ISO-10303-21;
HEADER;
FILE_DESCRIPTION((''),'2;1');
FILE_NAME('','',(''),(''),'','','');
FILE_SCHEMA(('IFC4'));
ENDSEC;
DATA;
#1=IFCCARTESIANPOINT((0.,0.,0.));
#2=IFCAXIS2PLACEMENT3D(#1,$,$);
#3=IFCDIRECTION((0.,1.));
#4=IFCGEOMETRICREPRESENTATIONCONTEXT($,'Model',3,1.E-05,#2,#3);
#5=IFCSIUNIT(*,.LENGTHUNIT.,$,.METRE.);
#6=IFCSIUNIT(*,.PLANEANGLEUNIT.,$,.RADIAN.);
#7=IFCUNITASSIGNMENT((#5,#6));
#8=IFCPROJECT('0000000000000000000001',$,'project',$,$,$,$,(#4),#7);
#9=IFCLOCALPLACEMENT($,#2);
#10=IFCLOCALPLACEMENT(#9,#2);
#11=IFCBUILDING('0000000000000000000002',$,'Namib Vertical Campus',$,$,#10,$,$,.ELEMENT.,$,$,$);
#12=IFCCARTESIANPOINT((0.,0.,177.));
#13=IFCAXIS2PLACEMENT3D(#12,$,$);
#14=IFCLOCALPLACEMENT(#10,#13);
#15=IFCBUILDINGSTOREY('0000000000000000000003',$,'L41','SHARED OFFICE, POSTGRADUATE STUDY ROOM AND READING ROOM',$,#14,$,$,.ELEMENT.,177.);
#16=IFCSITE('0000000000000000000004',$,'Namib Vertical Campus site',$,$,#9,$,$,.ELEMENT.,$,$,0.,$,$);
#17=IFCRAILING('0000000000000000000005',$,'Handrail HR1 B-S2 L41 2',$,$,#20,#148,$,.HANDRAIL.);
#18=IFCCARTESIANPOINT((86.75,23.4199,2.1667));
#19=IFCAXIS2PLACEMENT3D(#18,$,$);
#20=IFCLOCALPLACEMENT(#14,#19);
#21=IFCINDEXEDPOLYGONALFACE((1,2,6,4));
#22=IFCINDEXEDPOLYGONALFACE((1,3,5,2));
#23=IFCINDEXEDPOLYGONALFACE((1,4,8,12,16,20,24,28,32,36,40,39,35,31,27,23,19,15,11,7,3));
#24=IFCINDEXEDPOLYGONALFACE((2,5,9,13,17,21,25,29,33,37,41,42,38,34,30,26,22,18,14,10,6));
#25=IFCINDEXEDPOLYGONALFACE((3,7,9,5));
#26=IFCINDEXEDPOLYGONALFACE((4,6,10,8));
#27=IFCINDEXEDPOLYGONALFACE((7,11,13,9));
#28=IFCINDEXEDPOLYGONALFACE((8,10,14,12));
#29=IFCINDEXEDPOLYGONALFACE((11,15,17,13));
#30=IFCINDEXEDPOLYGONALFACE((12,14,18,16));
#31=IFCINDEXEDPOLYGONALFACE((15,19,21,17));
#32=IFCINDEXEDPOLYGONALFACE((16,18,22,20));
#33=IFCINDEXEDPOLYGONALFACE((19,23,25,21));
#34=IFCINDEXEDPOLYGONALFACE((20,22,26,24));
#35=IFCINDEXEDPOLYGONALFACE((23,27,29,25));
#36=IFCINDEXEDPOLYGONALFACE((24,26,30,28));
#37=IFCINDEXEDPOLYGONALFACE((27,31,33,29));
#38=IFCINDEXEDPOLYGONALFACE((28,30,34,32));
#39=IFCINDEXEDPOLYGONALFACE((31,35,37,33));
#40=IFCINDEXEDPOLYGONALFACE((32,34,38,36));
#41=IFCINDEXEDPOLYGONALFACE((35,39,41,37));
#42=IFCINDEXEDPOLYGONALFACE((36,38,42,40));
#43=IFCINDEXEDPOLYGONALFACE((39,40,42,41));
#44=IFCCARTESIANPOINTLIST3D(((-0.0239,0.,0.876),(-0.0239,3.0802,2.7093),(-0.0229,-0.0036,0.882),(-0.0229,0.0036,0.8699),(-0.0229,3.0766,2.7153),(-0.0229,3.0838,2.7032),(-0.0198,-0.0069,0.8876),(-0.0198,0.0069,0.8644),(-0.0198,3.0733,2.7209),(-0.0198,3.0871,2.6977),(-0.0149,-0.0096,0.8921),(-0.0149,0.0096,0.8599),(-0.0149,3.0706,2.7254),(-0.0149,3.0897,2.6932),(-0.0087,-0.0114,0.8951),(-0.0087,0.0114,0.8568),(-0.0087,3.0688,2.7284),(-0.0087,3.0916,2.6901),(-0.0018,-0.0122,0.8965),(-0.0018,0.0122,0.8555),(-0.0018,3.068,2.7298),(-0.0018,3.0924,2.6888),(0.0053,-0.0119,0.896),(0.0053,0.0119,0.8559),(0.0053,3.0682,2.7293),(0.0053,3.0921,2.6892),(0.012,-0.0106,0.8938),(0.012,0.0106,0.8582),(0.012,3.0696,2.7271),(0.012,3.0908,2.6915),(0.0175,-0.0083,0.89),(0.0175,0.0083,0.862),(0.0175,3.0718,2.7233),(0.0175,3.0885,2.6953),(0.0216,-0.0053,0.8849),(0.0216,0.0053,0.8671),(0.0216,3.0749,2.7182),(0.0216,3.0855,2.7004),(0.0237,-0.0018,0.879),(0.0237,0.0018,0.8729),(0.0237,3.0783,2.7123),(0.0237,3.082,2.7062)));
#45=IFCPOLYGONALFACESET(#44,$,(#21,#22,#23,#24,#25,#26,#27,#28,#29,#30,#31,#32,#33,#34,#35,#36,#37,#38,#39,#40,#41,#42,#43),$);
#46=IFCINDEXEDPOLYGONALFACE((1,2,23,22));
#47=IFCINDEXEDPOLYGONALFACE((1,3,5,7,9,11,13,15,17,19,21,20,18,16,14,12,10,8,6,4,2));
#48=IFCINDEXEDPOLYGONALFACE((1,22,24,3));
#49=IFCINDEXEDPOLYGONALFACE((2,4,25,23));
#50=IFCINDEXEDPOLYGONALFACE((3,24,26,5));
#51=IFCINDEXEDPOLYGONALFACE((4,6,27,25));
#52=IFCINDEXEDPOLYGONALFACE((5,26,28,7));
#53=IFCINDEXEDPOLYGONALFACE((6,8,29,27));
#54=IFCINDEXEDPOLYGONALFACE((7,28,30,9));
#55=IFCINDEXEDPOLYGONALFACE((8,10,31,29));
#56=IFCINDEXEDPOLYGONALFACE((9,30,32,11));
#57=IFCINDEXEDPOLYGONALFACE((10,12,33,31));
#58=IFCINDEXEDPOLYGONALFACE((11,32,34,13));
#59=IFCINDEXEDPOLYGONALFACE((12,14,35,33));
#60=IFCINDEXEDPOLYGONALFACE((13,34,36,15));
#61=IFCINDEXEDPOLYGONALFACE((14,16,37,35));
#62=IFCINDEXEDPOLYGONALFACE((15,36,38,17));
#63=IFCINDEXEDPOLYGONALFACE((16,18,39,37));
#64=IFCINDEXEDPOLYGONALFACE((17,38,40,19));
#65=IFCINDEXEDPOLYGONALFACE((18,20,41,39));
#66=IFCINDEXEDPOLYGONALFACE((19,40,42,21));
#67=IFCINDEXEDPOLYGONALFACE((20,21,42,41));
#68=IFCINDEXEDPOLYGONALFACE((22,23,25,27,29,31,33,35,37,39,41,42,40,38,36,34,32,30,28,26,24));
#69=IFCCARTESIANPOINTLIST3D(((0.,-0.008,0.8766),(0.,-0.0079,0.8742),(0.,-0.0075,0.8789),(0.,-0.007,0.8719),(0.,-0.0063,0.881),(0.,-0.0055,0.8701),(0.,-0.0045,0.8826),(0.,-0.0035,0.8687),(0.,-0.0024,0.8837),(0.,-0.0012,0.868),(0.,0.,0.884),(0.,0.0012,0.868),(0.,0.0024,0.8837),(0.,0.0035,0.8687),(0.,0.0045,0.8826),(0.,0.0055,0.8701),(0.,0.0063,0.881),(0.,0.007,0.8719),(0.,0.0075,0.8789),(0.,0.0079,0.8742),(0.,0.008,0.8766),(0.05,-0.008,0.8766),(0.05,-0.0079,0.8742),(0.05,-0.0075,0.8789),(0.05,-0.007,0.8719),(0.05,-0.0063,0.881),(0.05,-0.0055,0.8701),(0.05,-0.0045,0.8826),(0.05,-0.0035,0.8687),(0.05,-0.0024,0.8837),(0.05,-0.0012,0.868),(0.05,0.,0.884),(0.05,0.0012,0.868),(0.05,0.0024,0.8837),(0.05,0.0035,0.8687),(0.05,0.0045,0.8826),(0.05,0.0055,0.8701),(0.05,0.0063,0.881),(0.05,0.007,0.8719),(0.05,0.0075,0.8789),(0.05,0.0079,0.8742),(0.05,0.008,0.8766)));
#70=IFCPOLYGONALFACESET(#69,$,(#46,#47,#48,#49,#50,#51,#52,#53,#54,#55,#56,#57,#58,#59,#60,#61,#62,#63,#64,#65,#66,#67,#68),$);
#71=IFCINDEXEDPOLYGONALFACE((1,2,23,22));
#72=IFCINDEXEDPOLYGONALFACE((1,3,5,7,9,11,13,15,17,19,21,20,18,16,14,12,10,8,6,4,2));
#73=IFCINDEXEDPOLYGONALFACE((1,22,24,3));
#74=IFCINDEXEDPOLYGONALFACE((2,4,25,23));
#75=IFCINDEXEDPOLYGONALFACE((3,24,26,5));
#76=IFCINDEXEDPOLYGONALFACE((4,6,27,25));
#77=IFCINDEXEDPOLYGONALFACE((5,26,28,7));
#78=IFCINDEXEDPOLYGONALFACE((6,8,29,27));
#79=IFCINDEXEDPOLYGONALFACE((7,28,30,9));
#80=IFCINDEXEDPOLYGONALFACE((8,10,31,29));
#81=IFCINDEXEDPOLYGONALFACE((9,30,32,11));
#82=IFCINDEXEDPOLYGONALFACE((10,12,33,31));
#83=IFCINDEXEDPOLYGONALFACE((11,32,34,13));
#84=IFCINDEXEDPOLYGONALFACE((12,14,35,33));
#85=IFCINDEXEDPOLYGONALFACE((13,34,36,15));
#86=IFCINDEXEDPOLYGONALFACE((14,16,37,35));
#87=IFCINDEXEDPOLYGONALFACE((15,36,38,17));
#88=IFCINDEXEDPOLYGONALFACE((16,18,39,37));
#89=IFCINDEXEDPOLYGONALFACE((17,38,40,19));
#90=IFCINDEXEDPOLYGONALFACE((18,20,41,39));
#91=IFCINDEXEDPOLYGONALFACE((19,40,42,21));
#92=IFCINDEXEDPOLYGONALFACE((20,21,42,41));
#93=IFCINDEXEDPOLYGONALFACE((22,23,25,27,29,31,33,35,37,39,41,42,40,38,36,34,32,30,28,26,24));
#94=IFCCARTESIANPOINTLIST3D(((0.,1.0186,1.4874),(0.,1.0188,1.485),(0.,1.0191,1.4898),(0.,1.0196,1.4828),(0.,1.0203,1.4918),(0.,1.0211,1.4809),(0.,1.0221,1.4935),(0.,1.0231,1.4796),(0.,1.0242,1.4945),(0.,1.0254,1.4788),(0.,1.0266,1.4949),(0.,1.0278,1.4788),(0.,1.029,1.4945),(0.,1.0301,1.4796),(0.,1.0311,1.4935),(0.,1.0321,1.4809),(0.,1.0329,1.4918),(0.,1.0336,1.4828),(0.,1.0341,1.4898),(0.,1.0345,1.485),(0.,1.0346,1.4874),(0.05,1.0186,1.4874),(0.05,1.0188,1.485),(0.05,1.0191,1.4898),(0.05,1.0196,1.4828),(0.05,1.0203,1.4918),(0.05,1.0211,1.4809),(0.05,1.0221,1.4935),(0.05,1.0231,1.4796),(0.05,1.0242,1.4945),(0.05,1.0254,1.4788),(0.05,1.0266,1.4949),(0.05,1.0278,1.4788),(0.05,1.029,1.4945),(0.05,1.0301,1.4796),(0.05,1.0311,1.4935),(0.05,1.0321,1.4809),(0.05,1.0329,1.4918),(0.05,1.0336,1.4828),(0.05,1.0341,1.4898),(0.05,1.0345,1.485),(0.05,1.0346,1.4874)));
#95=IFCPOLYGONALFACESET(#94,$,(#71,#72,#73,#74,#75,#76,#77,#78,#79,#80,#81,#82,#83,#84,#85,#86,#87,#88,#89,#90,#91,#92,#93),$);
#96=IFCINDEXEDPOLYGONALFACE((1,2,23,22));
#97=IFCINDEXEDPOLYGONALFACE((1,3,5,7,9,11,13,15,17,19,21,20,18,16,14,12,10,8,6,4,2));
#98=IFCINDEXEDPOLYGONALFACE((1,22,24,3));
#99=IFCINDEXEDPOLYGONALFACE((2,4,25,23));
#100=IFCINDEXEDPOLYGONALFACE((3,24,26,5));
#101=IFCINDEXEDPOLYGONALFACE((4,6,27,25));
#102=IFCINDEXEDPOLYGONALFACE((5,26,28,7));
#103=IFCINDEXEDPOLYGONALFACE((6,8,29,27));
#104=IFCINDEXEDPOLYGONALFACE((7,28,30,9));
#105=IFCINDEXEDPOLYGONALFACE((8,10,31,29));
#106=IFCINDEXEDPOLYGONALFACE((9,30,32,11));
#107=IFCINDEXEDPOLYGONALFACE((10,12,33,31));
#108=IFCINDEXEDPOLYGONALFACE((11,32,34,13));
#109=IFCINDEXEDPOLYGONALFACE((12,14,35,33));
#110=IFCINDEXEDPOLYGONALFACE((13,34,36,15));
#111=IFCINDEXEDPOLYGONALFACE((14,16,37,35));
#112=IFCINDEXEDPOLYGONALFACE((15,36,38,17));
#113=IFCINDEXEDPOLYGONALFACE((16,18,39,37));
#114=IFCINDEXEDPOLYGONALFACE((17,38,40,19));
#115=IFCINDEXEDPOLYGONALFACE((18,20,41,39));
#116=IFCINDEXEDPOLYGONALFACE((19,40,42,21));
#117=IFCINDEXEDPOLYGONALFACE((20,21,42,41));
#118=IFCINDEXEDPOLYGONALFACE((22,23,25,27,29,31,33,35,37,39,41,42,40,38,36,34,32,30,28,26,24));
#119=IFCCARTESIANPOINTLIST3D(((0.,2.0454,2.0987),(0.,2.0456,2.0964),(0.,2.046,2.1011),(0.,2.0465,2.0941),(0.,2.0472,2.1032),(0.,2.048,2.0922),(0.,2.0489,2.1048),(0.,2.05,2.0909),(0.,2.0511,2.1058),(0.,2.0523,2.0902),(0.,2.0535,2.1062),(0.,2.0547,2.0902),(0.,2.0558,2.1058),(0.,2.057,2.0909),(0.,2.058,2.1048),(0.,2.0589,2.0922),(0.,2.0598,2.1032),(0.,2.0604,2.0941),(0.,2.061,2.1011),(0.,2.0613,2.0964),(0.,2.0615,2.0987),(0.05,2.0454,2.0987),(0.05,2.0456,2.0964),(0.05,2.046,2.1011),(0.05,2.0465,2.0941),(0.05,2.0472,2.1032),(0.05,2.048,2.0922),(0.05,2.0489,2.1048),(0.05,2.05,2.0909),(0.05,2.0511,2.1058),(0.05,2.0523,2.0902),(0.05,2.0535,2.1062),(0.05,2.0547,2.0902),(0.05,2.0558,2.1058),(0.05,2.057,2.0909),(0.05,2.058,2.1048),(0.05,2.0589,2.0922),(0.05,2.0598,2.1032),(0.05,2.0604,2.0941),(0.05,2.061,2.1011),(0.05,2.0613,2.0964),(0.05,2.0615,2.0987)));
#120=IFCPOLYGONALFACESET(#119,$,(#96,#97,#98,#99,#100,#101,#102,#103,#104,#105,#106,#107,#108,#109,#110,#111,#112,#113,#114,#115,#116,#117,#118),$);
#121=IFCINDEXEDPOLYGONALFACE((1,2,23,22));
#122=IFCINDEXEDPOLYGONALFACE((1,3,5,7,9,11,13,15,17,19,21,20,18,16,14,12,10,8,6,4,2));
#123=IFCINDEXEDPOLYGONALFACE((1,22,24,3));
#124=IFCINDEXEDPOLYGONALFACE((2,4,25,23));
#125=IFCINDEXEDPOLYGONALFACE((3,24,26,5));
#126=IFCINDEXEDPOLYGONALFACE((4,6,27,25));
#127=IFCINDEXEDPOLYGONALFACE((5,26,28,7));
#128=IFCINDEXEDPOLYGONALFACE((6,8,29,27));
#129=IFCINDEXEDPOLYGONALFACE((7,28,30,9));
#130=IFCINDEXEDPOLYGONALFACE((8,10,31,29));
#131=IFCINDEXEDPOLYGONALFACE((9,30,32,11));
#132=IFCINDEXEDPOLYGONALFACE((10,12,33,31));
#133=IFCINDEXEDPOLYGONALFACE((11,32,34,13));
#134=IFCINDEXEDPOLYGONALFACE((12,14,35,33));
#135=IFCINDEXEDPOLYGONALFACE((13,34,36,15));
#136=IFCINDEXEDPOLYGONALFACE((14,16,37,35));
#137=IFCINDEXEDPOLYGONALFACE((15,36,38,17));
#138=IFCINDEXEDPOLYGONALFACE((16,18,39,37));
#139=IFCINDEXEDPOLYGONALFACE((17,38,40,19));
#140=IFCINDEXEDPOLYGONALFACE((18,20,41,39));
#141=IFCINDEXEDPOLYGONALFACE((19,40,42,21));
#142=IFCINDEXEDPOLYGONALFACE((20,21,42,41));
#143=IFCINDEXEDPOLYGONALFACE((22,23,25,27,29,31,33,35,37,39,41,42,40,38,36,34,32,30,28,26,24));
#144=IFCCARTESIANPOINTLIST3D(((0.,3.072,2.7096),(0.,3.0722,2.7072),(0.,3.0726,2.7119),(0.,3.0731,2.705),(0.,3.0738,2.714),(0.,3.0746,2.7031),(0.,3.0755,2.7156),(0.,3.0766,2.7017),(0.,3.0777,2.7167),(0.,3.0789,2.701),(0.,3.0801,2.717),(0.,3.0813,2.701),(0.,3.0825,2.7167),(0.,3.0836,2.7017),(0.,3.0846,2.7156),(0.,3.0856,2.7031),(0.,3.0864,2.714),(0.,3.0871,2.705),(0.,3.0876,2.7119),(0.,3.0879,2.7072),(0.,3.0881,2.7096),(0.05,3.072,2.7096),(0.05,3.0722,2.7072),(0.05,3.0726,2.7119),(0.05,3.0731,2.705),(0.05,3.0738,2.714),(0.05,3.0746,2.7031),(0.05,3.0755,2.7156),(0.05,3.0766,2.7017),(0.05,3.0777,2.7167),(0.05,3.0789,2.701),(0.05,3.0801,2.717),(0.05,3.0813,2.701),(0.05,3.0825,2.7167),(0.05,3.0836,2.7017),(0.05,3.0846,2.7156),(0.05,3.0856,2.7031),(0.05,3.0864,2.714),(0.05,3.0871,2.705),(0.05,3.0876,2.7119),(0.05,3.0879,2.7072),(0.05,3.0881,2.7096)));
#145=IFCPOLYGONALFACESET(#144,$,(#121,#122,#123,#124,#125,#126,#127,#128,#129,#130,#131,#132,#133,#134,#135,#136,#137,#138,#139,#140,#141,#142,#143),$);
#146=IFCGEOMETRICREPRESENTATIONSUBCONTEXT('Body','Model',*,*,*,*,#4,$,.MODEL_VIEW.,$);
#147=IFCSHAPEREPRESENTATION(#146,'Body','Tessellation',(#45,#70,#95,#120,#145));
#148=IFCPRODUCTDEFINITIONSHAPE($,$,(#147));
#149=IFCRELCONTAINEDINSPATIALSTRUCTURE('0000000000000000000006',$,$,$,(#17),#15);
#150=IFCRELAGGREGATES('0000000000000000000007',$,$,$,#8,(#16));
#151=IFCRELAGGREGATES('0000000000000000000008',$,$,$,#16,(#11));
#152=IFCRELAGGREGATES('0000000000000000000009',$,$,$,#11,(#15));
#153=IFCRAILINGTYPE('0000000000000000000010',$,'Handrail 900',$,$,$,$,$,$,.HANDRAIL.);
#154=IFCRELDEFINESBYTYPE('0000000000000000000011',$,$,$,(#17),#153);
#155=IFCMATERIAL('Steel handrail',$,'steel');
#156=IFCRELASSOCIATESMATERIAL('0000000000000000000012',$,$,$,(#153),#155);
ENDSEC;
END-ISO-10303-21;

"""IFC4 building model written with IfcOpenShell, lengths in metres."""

from ifc_helpers import new_model, si_unit, direction, frame, origin, origin_2d, place, context, subcontext, project, spatial, circle, extrude, material, type_object, element, save


model = new_model("IFC4")

# Units and contexts
model_context = context("Model", 3, precision=1e-05, world=origin(), true_north=direction((0.0, 1.0)))
body_context = subcontext(model_context, "Body", "Model", "MODEL_VIEW")
ifc_project = project(units=[si_unit("LENGTHUNIT", "METRE"), si_unit("PLANEANGLEUNIT", "RADIAN")], contexts=[model_context])

# Site, building, storey
site_placement = place(None, origin())
site = spatial("IfcSite", under=ifc_project, at=site_placement, Name="Namib Vertical Campus site", CompositionType="ELEMENT", RefElevation=0.0)
building_placement = place(site_placement, origin())
building = spatial("IfcBuilding", under=site, at=building_placement, Name="Namib Vertical Campus", CompositionType="ELEMENT")
storey_placement = place(building_placement, frame((0.0, 0.0, 177.0)))
storey = spatial("IfcBuildingStorey", under=building, at=storey_placement, Name="L41", Description="SHARED OFFICE, POSTGRADUATE STUDY ROOM AND READING ROOM", CompositionType="ELEMENT", Elevation=177.0)

# Railing
ifc_material_1 = material(Name="Steel handrail", Category="steel")
railing_type_1 = type_object("IfcRailingType", Name="Handrail 900", PredefinedType="HANDRAIL", material=ifc_material_1)
railing_1_placement = place(storey_placement, frame((86.75, 23.4199, 2.1667)))
element("IfcRailing", 1, at=railing_1_placement, inside=storey, type_object=railing_type_1, Name="Handrail HR1 B-S2 L41 2", PredefinedType="HANDRAIL", context=body_context, shape_type="SweptSolid", body=[
    extrude(circle(Radius=0.0239, at=origin_2d()), frame((0.0, 0.0, 0.876), z_axis=(0.0, 0.859309, 0.511458), x_axis=(-1.0, 0.0, 0.0)), (0.0, 0.0, 1.0), 3.5845),
    extrude(circle(Radius=0.0081, at=origin_2d()), frame((0.0, 0.0, 0.876), z_axis=(1.0, 0.0, 0.0), x_axis=(0.0, 0.0, 1.0)), (0.0, 0.0, 1.0), 0.05),
    extrude(circle(Radius=0.0081, at=origin_2d()), frame((0.0, 1.0266, 1.4868), z_axis=(1.0, 0.0, 0.0), x_axis=(0.0, 0.0, 1.0)), (0.0, 0.0, 1.0), 0.05),
    extrude(circle(Radius=0.0081, at=origin_2d()), frame((0.0, 2.0535, 2.0981), z_axis=(1.0, 0.0, 0.0), x_axis=(0.0, 0.0, 1.0)), (0.0, 0.0, 1.0), 0.05),
    extrude(circle(Radius=0.0081, at=origin_2d()), frame((0.0, 3.0801, 2.709), z_axis=(1.0, 0.0, 0.0), x_axis=(0.0, 0.0, 1.0)), (0.0, 0.0, 1.0), 0.05),
])

save(model, "model.ifc")
